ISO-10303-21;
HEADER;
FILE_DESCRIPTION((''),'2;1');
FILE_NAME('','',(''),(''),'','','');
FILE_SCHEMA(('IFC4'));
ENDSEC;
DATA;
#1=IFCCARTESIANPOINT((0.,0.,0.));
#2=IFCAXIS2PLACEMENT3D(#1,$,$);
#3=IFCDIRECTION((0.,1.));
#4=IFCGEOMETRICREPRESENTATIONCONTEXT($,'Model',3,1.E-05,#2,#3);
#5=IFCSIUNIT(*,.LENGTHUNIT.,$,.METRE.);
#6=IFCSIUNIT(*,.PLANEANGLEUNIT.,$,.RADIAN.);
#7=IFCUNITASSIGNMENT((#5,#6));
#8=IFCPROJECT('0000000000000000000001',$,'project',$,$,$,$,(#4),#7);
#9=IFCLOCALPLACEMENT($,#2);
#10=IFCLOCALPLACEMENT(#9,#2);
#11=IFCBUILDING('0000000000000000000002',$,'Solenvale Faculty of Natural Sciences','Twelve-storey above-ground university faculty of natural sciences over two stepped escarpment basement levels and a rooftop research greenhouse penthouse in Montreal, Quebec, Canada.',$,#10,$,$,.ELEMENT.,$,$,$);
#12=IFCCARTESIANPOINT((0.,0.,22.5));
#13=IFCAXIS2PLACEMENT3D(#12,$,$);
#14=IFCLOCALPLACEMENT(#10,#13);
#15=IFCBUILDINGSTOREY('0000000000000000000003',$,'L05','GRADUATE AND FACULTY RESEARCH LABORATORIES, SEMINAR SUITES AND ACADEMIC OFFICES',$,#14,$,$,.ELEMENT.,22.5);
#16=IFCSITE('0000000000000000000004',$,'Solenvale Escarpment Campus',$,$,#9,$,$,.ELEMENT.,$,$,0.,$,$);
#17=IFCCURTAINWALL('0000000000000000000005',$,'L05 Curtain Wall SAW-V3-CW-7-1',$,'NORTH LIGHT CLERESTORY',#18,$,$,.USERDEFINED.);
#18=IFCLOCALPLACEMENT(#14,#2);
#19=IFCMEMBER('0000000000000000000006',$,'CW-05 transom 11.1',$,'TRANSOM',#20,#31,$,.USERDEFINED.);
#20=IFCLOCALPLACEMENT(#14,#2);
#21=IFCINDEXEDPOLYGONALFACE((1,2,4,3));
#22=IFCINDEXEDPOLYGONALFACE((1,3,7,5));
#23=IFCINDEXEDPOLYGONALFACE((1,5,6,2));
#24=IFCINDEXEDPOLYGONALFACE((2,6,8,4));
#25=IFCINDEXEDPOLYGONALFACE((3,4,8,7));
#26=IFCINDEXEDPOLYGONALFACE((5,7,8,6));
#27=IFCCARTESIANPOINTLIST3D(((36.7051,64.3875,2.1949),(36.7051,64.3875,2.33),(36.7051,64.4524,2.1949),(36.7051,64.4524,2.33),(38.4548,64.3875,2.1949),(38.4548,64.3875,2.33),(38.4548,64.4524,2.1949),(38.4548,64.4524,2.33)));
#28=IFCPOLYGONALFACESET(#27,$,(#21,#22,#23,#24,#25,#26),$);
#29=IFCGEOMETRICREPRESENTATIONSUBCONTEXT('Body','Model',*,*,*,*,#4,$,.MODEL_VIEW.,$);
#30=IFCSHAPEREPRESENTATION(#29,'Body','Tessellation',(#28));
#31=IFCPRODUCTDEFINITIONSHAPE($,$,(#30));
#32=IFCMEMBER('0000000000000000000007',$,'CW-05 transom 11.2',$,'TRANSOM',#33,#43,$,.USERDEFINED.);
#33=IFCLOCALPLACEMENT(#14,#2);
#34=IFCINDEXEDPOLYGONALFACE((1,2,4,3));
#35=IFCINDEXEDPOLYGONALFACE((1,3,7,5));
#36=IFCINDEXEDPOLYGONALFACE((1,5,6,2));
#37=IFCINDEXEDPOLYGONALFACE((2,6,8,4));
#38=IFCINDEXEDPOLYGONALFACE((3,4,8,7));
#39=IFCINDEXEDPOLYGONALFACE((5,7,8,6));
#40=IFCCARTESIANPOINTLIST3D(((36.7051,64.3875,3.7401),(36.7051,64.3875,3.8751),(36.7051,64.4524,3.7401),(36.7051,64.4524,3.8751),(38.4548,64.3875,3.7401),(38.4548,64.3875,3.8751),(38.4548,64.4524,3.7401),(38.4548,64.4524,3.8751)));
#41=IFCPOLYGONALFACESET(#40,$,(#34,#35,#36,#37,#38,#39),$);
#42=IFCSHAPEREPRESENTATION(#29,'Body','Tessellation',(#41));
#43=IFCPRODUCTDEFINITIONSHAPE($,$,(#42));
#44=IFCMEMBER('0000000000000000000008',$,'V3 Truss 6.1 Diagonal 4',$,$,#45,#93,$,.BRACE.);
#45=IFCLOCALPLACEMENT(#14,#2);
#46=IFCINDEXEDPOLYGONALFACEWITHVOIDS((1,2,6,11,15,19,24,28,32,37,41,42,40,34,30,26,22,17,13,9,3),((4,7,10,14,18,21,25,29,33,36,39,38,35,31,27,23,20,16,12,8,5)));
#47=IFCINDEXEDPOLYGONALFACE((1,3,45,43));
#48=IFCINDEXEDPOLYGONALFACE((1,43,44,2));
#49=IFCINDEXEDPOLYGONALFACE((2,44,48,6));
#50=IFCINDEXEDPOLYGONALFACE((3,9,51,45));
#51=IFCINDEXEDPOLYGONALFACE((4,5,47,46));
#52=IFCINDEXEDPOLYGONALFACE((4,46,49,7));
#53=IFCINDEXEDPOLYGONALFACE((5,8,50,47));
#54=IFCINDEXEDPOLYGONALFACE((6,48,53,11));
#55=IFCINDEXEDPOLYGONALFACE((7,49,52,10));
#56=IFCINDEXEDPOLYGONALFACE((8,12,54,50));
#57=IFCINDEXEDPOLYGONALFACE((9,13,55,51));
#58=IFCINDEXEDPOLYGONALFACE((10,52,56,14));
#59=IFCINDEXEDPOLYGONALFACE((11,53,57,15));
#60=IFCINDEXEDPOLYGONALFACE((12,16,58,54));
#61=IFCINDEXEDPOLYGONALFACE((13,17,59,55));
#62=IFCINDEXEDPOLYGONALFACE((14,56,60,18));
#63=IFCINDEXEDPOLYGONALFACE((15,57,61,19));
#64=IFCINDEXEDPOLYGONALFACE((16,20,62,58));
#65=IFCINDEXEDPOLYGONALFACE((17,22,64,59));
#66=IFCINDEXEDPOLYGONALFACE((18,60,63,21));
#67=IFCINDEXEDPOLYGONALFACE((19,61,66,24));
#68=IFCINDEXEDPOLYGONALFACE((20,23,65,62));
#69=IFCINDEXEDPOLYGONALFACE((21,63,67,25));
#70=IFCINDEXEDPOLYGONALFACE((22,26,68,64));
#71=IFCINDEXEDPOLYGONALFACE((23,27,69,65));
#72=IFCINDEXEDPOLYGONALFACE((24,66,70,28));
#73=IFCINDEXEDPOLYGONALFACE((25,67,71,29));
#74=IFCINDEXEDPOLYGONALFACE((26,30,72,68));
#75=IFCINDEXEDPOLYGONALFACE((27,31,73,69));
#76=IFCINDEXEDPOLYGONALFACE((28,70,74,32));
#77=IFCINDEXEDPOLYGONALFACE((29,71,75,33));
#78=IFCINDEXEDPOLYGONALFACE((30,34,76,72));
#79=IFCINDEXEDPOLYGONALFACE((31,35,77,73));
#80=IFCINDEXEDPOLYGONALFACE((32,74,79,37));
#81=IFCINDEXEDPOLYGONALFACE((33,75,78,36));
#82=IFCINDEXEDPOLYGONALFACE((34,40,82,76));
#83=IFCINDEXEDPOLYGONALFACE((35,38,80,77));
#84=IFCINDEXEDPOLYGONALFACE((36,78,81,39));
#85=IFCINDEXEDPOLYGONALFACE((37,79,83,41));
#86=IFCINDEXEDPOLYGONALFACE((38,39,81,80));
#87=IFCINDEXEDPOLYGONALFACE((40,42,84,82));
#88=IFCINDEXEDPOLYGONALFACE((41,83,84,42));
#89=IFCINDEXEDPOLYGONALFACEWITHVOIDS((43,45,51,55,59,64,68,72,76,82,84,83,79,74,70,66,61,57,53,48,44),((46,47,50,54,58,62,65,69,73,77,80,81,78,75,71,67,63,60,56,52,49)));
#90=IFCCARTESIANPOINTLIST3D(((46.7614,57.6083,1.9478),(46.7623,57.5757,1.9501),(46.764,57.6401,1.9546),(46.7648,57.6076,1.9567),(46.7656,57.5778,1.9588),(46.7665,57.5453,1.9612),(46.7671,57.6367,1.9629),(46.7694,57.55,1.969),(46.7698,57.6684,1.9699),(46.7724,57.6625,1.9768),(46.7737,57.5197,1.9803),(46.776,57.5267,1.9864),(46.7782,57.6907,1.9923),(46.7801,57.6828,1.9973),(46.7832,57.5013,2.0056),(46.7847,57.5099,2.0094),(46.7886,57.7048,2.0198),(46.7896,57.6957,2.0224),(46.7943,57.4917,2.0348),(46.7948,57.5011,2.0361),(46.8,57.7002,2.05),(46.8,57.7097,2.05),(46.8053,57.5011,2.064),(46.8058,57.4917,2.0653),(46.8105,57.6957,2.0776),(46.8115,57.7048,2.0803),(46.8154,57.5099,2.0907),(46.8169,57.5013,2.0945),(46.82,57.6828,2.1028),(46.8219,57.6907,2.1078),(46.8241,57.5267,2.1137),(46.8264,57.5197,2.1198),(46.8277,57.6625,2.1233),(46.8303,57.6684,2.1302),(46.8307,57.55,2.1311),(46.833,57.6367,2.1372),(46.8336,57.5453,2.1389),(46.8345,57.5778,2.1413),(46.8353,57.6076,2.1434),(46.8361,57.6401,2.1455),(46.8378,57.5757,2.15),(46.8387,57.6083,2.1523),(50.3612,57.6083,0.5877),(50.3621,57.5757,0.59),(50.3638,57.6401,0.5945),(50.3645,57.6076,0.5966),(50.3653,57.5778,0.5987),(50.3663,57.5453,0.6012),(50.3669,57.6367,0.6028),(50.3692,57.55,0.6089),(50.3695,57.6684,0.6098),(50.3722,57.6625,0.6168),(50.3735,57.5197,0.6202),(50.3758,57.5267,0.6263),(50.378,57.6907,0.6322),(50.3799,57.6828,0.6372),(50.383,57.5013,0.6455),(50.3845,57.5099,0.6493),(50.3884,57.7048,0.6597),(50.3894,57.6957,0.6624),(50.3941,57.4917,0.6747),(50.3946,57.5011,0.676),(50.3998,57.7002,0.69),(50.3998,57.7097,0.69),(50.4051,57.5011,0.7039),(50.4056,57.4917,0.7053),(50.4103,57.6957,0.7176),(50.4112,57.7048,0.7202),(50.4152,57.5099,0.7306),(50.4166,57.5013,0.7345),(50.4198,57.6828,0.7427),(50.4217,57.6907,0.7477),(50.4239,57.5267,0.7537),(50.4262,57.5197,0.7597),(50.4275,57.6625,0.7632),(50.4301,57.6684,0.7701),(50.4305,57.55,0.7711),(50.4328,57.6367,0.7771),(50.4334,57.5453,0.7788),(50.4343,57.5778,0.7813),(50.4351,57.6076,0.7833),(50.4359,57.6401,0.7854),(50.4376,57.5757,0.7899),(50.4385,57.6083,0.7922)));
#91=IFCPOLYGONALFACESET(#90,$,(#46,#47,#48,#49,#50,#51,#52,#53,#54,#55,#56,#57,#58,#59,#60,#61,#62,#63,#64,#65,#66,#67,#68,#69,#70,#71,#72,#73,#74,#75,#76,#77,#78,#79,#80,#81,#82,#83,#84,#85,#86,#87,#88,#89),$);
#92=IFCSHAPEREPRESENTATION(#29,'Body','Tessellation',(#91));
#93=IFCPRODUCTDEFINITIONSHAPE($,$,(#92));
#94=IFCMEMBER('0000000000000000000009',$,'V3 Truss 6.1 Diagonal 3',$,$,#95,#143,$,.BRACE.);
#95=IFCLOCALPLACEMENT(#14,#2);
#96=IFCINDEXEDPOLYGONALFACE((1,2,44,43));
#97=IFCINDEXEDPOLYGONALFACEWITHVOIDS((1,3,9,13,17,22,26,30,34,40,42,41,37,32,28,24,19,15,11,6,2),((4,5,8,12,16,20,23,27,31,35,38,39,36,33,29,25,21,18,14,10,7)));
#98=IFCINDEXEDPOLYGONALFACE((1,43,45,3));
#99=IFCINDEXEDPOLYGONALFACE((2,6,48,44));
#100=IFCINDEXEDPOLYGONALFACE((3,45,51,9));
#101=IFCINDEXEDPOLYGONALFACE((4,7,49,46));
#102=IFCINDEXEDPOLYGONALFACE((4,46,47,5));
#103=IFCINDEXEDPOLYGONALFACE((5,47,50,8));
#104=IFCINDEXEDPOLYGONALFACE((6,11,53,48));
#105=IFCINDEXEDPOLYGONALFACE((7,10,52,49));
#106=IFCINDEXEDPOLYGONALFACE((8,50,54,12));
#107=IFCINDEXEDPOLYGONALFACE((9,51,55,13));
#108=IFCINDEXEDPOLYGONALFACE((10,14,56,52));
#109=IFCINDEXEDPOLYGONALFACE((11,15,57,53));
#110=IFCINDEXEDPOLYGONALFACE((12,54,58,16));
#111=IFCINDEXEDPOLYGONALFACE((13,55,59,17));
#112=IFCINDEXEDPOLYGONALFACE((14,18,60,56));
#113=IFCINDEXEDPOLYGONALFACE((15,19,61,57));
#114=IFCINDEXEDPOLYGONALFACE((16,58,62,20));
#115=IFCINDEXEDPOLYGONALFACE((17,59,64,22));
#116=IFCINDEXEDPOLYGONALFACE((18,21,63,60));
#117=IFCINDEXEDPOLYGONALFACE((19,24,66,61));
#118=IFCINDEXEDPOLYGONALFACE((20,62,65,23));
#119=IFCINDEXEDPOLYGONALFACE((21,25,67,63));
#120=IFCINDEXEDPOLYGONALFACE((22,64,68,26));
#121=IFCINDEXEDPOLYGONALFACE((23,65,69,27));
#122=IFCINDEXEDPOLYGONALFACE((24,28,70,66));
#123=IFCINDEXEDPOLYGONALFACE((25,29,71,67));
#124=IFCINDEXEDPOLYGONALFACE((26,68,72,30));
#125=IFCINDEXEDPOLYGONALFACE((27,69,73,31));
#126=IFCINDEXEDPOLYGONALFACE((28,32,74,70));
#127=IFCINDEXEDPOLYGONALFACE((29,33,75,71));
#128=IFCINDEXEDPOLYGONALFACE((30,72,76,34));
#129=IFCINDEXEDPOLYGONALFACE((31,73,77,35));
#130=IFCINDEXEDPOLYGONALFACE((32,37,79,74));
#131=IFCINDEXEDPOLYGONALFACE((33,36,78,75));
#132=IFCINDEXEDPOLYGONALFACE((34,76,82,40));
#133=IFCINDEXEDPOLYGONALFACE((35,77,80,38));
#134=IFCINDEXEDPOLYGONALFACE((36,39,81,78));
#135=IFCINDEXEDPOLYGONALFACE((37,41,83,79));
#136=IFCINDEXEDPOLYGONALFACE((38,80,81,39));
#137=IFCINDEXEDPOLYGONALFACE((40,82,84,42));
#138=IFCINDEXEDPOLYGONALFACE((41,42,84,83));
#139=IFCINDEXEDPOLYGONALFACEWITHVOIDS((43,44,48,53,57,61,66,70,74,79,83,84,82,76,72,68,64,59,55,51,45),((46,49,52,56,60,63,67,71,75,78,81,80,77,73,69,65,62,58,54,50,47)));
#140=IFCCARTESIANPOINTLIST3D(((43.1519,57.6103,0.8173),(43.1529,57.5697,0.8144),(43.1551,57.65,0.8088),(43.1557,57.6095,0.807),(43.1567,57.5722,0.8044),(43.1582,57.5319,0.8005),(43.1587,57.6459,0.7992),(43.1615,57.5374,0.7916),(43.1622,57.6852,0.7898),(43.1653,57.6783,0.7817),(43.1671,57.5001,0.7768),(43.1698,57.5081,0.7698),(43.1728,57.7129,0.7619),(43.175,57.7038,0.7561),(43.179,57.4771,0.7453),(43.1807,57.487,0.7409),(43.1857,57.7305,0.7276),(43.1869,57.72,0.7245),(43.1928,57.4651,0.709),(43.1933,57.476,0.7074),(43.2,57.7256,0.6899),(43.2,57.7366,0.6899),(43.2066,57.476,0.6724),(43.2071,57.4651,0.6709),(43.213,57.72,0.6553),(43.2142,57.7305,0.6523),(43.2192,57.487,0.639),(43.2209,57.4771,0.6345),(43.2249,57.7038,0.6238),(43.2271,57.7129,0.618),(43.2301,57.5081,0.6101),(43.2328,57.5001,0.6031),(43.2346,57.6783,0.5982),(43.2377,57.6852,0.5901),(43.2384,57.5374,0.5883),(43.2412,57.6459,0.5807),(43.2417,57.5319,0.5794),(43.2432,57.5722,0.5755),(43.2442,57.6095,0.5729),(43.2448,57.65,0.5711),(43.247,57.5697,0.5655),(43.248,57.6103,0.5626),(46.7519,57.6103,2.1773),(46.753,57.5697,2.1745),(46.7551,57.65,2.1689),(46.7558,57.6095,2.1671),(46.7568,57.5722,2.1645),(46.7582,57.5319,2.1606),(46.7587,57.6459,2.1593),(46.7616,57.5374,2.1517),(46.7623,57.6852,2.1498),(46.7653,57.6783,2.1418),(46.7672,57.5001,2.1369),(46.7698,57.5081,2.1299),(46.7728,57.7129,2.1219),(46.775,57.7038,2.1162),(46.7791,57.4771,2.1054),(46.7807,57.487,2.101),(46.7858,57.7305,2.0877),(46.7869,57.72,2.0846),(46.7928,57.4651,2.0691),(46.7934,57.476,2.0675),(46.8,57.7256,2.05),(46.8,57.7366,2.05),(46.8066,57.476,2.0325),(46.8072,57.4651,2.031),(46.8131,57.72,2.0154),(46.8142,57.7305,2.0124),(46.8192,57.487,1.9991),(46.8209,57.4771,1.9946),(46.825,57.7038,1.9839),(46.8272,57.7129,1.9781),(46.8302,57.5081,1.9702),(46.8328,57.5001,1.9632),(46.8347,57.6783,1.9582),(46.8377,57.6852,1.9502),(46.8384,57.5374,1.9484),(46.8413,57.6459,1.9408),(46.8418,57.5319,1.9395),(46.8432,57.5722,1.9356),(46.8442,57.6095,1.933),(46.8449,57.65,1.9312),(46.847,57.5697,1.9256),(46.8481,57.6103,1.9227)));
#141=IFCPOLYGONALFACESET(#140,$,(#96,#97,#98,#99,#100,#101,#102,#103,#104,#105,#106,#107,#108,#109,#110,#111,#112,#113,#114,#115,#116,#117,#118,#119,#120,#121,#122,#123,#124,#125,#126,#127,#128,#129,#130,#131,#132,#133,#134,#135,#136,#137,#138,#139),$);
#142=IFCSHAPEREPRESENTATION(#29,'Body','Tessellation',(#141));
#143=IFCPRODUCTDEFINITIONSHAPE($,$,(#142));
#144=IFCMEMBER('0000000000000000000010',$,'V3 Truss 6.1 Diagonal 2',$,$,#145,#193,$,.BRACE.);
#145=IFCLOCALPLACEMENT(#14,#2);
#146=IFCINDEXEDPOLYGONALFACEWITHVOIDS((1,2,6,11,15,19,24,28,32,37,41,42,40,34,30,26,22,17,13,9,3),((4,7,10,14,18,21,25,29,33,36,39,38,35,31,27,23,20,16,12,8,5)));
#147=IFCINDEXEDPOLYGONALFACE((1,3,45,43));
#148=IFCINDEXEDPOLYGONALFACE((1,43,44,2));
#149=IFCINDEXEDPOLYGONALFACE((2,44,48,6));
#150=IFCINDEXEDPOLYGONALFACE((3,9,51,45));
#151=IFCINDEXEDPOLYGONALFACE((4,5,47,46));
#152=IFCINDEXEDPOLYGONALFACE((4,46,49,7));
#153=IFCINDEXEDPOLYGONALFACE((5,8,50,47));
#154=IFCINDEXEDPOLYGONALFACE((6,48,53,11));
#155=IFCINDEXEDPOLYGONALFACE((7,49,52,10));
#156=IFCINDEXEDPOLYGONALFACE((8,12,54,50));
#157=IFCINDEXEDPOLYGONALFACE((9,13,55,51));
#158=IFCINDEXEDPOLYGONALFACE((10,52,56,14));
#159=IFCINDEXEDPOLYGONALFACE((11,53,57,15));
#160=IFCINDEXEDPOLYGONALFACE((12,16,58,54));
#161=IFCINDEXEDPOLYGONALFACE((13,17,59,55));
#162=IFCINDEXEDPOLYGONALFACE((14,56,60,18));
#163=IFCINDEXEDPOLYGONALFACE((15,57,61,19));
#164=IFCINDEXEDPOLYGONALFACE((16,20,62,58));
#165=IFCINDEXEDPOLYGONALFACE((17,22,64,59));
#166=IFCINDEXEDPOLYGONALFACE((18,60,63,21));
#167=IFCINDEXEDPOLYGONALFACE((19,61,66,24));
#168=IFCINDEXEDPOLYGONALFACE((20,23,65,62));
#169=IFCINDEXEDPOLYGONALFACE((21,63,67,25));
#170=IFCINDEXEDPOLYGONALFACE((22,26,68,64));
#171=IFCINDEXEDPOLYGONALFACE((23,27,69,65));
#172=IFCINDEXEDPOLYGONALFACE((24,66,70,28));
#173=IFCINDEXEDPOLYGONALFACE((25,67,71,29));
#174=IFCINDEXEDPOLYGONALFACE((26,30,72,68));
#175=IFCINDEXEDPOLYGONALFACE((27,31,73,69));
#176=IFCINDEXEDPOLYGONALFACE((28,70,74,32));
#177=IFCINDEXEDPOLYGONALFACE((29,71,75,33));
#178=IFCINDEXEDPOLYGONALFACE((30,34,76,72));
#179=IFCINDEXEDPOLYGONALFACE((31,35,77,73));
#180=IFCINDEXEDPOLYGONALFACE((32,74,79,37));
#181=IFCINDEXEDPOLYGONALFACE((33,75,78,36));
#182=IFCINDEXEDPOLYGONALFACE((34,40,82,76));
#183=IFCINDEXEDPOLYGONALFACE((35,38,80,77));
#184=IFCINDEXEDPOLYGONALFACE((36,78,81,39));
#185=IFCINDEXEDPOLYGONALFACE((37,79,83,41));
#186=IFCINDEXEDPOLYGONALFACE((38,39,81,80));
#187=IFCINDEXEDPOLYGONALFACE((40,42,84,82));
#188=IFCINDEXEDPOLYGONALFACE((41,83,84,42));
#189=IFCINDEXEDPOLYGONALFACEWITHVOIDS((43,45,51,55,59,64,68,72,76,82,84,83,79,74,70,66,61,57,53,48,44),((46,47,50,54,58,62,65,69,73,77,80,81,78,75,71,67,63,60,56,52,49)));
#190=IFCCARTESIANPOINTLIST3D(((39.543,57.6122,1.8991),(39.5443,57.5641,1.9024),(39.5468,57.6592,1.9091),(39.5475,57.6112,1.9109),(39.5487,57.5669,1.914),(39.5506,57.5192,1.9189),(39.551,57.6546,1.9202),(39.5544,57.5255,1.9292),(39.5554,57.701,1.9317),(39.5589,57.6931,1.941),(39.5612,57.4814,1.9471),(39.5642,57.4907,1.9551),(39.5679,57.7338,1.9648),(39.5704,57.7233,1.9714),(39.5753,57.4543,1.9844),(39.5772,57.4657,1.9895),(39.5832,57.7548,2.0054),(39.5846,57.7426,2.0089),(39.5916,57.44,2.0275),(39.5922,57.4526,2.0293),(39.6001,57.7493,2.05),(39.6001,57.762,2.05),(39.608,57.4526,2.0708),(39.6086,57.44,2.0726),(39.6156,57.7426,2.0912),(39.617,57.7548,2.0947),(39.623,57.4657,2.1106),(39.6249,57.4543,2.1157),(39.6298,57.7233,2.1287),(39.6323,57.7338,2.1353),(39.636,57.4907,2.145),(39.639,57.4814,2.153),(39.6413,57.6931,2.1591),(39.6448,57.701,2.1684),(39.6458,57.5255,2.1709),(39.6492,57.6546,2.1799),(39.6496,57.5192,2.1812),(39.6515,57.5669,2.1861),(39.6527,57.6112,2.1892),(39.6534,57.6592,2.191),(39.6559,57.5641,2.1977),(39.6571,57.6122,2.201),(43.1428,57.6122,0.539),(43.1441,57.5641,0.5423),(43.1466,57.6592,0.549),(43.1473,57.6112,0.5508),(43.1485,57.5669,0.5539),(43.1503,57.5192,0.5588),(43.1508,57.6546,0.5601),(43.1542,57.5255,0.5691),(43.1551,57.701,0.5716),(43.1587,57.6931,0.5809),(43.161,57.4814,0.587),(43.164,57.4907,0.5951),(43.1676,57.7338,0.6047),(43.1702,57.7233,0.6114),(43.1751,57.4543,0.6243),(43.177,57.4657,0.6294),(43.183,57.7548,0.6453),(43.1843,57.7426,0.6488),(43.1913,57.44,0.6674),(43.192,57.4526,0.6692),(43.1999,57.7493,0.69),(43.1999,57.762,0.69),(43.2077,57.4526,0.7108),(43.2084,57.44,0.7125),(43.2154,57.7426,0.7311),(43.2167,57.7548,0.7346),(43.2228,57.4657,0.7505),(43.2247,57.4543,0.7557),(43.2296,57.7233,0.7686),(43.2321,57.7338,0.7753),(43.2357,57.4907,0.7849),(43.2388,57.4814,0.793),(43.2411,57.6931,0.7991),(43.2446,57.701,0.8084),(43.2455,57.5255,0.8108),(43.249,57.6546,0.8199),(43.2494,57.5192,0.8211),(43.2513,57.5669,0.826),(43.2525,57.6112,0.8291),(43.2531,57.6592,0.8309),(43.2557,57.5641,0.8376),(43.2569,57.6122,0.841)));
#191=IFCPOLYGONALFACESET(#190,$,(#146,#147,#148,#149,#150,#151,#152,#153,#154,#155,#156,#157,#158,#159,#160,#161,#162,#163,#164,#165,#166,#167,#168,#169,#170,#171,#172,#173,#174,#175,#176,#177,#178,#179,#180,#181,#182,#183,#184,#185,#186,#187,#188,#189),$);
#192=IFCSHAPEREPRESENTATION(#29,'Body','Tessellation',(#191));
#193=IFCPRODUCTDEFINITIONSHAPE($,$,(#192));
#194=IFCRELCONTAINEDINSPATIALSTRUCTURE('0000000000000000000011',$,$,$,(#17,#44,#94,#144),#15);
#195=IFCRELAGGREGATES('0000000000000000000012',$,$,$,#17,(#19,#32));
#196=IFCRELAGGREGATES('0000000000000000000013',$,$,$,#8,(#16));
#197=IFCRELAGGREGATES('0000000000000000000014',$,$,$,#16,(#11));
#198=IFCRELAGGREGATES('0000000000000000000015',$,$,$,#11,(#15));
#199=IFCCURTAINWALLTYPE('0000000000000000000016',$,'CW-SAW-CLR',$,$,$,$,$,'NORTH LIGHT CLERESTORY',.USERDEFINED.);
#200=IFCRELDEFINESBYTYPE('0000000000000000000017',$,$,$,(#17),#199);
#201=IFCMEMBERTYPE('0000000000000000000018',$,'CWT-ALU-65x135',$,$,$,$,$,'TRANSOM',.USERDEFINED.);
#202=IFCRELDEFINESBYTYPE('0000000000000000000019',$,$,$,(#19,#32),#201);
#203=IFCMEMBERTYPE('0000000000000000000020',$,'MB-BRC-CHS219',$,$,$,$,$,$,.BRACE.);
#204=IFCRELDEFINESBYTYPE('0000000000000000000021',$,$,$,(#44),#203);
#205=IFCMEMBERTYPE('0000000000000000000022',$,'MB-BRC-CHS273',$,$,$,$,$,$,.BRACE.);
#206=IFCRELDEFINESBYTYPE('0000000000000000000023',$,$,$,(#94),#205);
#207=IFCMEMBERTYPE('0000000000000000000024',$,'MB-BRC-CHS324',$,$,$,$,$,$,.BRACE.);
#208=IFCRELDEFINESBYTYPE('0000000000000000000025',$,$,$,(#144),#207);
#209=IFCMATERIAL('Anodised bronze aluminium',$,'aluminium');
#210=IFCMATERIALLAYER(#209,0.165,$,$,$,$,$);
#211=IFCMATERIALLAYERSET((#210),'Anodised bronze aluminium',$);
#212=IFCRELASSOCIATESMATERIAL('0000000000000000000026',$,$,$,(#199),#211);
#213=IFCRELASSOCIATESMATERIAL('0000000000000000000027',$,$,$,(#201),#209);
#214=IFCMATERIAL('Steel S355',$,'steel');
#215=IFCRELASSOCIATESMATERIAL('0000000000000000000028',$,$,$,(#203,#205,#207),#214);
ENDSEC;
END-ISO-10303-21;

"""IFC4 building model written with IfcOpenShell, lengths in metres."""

from ifc_helpers import new_model, si_unit, direction, frame, origin, origin_2d, place, context, subcontext, project, spatial, rectangle, hollow_circle, extrude, material, layer, layer_set, material_profile, profile_set, type_object, element, aggregate, save


model = new_model("IFC4")

# Units and contexts
model_context = context("Model", 3, precision=1e-05, world=origin(), true_north=direction((0.0, 1.0)))
body_context = subcontext(model_context, "Body", "Model", "MODEL_VIEW")
ifc_project = project(units=[si_unit("LENGTHUNIT", "METRE"), si_unit("PLANEANGLEUNIT", "RADIAN")], contexts=[model_context])

# Site, building, storey
site_placement = place(None, origin())
site = spatial("IfcSite", under=ifc_project, at=site_placement, Name="Solenvale Escarpment Campus", CompositionType="ELEMENT", RefElevation=0.0)
building_placement = place(site_placement, origin())
building = spatial("IfcBuilding", under=site, at=building_placement, Name="Solenvale Faculty of Natural Sciences", Description="Twelve-storey above-ground university faculty of natural sciences over two stepped escarpment basement levels and a rooftop research greenhouse penthouse in Montreal, Quebec, Canada.", CompositionType="ELEMENT")
storey_placement = place(building_placement, frame((0.0, 0.0, 22.5)))
storey = spatial("IfcBuildingStorey", under=building, at=storey_placement, Name="L05", Description="GRADUATE AND FACULTY RESEARCH LABORATORIES, SEMINAR SUITES AND ACADEMIC OFFICES", CompositionType="ELEMENT", Elevation=22.5)

# Shared definitions
ifc_material_1 = material(Name="Steel S355", Category="steel")

# Curtain wall, members
ifc_material_2 = material(Name="Anodised bronze aluminium", Category="aluminium")
ifc_layer_1 = layer(ifc_material_2, 0.165)
ifc_layer_set_1 = layer_set([ifc_layer_1], Name="Anodised bronze aluminium")
curtain_wall_type = type_object("IfcCurtainWallType", Name="CW-SAW-CLR", ElementType="NORTH LIGHT CLERESTORY", PredefinedType="USERDEFINED", material=ifc_layer_set_1)
curtain_wall_placement = place(storey_placement, origin())
curtain_wall = element("IfcCurtainWall", 1, at=curtain_wall_placement, inside=storey, type_object=curtain_wall_type, Name="L05 Curtain Wall SAW-V3-CW-7-1", ObjectType="NORTH LIGHT CLERESTORY", PredefinedType="USERDEFINED")
ifc_material_profile_1 = material_profile(ifc_material_2, rectangle(XDim=0.0649, YDim=0.135, at=origin_2d()), Name="ALU-TRN-65x135")
ifc_profile_set_1 = profile_set([ifc_material_profile_1], Name="Anodised bronze aluminium")
member_type_1 = type_object("IfcMemberType", Name="CWT-ALU-65x135", ElementType="TRANSOM", PredefinedType="USERDEFINED", material=ifc_profile_set_1)
member_1_placement = place(storey_placement, frame((38.4548, 64.4199, 2.2625), z_axis=(-1.0, 0.0, 0.0), x_axis=(0.0, -1.0, 0.0)))
member_1 = element("IfcMember", 2, at=member_1_placement, type_object=member_type_1, Name="CW-05 transom 11.1", ObjectType="TRANSOM", PredefinedType="USERDEFINED", context=body_context, shape_type="SweptSolid", body=[
    extrude(rectangle(XDim=0.0649, YDim=0.135, at=origin_2d()), origin(), (0.0, 0.0, 1.0), 1.7498),
])
member_2_placement = place(storey_placement, frame((38.4548, 64.4199, 3.8076), z_axis=(-1.0, 0.0, 0.0), x_axis=(0.0, -1.0, 0.0)))
member_2 = element("IfcMember", 3, at=member_2_placement, type_object=member_type_1, Name="CW-05 transom 11.2", ObjectType="TRANSOM", PredefinedType="USERDEFINED", context=body_context, shape_type="SweptSolid", body=[
    extrude(rectangle(XDim=0.0649, YDim=0.135, at=origin_2d()), origin(), (0.0, 0.0, 1.0), 1.7498),
])

# Members
ifc_material_profile_2 = material_profile(ifc_material_1, hollow_circle(Radius=0.1096, WallThickness=0.0095, at=origin_2d()), Name="HSS219x9.5")
ifc_profile_set_2 = profile_set([ifc_material_profile_2], Name="Steel S355")
member_type_2 = type_object("IfcMemberType", Name="MB-BRC-CHS219", PredefinedType="BRACE", material=ifc_profile_set_2)
member_3_placement = place(storey_placement, frame((46.8, 57.6001, 2.05), z_axis=(0.935458, 0.0, -0.353438), x_axis=(0.0, 1.0, 0.0)))
element("IfcMember", 4, at=member_3_placement, inside=storey, type_object=member_type_2, Name="V3 Truss 6.1 Diagonal 4", PredefinedType="BRACE", context=body_context, shape_type="SweptSolid", body=[
    extrude(hollow_circle(Radius=0.1096, WallThickness=0.0095, at=origin_2d()), origin(), (0.0, 0.0, 1.0), 3.8481),
])
ifc_material_profile_3 = material_profile(ifc_material_1, hollow_circle(Radius=0.1365, WallThickness=0.011, at=origin_2d()), Name="HSS273x11")
ifc_profile_set_3 = profile_set([ifc_material_profile_3], Name="Steel S355")
member_type_3 = type_object("IfcMemberType", Name="MB-BRC-CHS273", PredefinedType="BRACE", material=ifc_profile_set_3)
member_4_placement = place(storey_placement, frame((43.2, 57.6001, 0.6899), z_axis=(0.935466, 0.0, 0.353417), x_axis=(0.0, 1.0, 0.0)))
element("IfcMember", 5, at=member_4_placement, inside=storey, type_object=member_type_3, Name="V3 Truss 6.1 Diagonal 3", PredefinedType="BRACE", context=body_context, shape_type="SweptSolid", body=[
    extrude(hollow_circle(Radius=0.1365, WallThickness=0.011, at=origin_2d()), origin(), (0.0, 0.0, 1.0), 3.8484),
])
ifc_material_profile_4 = material_profile(ifc_material_1, hollow_circle(Radius=0.1619, WallThickness=0.0127, at=origin_2d()), Name="HSS324x13")
ifc_profile_set_4 = profile_set([ifc_material_profile_4], Name="Steel S355")
member_type_4 = type_object("IfcMemberType", Name="MB-BRC-CHS324", PredefinedType="BRACE", material=ifc_profile_set_4)
member_5_placement = place(storey_placement, frame((39.6001, 57.6001, 2.05), z_axis=(0.935458, 0.0, -0.353438), x_axis=(0.0, 1.0, 0.0)))
element("IfcMember", 6, at=member_5_placement, inside=storey, type_object=member_type_4, Name="V3 Truss 6.1 Diagonal 2", PredefinedType="BRACE", context=body_context, shape_type="SweptSolid", body=[
    extrude(hollow_circle(Radius=0.1619, WallThickness=0.0127, at=origin_2d()), origin(), (0.0, 0.0, 1.0), 3.8481),
])

aggregate(curtain_wall, [member_1, member_2])

save(model, "model.ifc")
